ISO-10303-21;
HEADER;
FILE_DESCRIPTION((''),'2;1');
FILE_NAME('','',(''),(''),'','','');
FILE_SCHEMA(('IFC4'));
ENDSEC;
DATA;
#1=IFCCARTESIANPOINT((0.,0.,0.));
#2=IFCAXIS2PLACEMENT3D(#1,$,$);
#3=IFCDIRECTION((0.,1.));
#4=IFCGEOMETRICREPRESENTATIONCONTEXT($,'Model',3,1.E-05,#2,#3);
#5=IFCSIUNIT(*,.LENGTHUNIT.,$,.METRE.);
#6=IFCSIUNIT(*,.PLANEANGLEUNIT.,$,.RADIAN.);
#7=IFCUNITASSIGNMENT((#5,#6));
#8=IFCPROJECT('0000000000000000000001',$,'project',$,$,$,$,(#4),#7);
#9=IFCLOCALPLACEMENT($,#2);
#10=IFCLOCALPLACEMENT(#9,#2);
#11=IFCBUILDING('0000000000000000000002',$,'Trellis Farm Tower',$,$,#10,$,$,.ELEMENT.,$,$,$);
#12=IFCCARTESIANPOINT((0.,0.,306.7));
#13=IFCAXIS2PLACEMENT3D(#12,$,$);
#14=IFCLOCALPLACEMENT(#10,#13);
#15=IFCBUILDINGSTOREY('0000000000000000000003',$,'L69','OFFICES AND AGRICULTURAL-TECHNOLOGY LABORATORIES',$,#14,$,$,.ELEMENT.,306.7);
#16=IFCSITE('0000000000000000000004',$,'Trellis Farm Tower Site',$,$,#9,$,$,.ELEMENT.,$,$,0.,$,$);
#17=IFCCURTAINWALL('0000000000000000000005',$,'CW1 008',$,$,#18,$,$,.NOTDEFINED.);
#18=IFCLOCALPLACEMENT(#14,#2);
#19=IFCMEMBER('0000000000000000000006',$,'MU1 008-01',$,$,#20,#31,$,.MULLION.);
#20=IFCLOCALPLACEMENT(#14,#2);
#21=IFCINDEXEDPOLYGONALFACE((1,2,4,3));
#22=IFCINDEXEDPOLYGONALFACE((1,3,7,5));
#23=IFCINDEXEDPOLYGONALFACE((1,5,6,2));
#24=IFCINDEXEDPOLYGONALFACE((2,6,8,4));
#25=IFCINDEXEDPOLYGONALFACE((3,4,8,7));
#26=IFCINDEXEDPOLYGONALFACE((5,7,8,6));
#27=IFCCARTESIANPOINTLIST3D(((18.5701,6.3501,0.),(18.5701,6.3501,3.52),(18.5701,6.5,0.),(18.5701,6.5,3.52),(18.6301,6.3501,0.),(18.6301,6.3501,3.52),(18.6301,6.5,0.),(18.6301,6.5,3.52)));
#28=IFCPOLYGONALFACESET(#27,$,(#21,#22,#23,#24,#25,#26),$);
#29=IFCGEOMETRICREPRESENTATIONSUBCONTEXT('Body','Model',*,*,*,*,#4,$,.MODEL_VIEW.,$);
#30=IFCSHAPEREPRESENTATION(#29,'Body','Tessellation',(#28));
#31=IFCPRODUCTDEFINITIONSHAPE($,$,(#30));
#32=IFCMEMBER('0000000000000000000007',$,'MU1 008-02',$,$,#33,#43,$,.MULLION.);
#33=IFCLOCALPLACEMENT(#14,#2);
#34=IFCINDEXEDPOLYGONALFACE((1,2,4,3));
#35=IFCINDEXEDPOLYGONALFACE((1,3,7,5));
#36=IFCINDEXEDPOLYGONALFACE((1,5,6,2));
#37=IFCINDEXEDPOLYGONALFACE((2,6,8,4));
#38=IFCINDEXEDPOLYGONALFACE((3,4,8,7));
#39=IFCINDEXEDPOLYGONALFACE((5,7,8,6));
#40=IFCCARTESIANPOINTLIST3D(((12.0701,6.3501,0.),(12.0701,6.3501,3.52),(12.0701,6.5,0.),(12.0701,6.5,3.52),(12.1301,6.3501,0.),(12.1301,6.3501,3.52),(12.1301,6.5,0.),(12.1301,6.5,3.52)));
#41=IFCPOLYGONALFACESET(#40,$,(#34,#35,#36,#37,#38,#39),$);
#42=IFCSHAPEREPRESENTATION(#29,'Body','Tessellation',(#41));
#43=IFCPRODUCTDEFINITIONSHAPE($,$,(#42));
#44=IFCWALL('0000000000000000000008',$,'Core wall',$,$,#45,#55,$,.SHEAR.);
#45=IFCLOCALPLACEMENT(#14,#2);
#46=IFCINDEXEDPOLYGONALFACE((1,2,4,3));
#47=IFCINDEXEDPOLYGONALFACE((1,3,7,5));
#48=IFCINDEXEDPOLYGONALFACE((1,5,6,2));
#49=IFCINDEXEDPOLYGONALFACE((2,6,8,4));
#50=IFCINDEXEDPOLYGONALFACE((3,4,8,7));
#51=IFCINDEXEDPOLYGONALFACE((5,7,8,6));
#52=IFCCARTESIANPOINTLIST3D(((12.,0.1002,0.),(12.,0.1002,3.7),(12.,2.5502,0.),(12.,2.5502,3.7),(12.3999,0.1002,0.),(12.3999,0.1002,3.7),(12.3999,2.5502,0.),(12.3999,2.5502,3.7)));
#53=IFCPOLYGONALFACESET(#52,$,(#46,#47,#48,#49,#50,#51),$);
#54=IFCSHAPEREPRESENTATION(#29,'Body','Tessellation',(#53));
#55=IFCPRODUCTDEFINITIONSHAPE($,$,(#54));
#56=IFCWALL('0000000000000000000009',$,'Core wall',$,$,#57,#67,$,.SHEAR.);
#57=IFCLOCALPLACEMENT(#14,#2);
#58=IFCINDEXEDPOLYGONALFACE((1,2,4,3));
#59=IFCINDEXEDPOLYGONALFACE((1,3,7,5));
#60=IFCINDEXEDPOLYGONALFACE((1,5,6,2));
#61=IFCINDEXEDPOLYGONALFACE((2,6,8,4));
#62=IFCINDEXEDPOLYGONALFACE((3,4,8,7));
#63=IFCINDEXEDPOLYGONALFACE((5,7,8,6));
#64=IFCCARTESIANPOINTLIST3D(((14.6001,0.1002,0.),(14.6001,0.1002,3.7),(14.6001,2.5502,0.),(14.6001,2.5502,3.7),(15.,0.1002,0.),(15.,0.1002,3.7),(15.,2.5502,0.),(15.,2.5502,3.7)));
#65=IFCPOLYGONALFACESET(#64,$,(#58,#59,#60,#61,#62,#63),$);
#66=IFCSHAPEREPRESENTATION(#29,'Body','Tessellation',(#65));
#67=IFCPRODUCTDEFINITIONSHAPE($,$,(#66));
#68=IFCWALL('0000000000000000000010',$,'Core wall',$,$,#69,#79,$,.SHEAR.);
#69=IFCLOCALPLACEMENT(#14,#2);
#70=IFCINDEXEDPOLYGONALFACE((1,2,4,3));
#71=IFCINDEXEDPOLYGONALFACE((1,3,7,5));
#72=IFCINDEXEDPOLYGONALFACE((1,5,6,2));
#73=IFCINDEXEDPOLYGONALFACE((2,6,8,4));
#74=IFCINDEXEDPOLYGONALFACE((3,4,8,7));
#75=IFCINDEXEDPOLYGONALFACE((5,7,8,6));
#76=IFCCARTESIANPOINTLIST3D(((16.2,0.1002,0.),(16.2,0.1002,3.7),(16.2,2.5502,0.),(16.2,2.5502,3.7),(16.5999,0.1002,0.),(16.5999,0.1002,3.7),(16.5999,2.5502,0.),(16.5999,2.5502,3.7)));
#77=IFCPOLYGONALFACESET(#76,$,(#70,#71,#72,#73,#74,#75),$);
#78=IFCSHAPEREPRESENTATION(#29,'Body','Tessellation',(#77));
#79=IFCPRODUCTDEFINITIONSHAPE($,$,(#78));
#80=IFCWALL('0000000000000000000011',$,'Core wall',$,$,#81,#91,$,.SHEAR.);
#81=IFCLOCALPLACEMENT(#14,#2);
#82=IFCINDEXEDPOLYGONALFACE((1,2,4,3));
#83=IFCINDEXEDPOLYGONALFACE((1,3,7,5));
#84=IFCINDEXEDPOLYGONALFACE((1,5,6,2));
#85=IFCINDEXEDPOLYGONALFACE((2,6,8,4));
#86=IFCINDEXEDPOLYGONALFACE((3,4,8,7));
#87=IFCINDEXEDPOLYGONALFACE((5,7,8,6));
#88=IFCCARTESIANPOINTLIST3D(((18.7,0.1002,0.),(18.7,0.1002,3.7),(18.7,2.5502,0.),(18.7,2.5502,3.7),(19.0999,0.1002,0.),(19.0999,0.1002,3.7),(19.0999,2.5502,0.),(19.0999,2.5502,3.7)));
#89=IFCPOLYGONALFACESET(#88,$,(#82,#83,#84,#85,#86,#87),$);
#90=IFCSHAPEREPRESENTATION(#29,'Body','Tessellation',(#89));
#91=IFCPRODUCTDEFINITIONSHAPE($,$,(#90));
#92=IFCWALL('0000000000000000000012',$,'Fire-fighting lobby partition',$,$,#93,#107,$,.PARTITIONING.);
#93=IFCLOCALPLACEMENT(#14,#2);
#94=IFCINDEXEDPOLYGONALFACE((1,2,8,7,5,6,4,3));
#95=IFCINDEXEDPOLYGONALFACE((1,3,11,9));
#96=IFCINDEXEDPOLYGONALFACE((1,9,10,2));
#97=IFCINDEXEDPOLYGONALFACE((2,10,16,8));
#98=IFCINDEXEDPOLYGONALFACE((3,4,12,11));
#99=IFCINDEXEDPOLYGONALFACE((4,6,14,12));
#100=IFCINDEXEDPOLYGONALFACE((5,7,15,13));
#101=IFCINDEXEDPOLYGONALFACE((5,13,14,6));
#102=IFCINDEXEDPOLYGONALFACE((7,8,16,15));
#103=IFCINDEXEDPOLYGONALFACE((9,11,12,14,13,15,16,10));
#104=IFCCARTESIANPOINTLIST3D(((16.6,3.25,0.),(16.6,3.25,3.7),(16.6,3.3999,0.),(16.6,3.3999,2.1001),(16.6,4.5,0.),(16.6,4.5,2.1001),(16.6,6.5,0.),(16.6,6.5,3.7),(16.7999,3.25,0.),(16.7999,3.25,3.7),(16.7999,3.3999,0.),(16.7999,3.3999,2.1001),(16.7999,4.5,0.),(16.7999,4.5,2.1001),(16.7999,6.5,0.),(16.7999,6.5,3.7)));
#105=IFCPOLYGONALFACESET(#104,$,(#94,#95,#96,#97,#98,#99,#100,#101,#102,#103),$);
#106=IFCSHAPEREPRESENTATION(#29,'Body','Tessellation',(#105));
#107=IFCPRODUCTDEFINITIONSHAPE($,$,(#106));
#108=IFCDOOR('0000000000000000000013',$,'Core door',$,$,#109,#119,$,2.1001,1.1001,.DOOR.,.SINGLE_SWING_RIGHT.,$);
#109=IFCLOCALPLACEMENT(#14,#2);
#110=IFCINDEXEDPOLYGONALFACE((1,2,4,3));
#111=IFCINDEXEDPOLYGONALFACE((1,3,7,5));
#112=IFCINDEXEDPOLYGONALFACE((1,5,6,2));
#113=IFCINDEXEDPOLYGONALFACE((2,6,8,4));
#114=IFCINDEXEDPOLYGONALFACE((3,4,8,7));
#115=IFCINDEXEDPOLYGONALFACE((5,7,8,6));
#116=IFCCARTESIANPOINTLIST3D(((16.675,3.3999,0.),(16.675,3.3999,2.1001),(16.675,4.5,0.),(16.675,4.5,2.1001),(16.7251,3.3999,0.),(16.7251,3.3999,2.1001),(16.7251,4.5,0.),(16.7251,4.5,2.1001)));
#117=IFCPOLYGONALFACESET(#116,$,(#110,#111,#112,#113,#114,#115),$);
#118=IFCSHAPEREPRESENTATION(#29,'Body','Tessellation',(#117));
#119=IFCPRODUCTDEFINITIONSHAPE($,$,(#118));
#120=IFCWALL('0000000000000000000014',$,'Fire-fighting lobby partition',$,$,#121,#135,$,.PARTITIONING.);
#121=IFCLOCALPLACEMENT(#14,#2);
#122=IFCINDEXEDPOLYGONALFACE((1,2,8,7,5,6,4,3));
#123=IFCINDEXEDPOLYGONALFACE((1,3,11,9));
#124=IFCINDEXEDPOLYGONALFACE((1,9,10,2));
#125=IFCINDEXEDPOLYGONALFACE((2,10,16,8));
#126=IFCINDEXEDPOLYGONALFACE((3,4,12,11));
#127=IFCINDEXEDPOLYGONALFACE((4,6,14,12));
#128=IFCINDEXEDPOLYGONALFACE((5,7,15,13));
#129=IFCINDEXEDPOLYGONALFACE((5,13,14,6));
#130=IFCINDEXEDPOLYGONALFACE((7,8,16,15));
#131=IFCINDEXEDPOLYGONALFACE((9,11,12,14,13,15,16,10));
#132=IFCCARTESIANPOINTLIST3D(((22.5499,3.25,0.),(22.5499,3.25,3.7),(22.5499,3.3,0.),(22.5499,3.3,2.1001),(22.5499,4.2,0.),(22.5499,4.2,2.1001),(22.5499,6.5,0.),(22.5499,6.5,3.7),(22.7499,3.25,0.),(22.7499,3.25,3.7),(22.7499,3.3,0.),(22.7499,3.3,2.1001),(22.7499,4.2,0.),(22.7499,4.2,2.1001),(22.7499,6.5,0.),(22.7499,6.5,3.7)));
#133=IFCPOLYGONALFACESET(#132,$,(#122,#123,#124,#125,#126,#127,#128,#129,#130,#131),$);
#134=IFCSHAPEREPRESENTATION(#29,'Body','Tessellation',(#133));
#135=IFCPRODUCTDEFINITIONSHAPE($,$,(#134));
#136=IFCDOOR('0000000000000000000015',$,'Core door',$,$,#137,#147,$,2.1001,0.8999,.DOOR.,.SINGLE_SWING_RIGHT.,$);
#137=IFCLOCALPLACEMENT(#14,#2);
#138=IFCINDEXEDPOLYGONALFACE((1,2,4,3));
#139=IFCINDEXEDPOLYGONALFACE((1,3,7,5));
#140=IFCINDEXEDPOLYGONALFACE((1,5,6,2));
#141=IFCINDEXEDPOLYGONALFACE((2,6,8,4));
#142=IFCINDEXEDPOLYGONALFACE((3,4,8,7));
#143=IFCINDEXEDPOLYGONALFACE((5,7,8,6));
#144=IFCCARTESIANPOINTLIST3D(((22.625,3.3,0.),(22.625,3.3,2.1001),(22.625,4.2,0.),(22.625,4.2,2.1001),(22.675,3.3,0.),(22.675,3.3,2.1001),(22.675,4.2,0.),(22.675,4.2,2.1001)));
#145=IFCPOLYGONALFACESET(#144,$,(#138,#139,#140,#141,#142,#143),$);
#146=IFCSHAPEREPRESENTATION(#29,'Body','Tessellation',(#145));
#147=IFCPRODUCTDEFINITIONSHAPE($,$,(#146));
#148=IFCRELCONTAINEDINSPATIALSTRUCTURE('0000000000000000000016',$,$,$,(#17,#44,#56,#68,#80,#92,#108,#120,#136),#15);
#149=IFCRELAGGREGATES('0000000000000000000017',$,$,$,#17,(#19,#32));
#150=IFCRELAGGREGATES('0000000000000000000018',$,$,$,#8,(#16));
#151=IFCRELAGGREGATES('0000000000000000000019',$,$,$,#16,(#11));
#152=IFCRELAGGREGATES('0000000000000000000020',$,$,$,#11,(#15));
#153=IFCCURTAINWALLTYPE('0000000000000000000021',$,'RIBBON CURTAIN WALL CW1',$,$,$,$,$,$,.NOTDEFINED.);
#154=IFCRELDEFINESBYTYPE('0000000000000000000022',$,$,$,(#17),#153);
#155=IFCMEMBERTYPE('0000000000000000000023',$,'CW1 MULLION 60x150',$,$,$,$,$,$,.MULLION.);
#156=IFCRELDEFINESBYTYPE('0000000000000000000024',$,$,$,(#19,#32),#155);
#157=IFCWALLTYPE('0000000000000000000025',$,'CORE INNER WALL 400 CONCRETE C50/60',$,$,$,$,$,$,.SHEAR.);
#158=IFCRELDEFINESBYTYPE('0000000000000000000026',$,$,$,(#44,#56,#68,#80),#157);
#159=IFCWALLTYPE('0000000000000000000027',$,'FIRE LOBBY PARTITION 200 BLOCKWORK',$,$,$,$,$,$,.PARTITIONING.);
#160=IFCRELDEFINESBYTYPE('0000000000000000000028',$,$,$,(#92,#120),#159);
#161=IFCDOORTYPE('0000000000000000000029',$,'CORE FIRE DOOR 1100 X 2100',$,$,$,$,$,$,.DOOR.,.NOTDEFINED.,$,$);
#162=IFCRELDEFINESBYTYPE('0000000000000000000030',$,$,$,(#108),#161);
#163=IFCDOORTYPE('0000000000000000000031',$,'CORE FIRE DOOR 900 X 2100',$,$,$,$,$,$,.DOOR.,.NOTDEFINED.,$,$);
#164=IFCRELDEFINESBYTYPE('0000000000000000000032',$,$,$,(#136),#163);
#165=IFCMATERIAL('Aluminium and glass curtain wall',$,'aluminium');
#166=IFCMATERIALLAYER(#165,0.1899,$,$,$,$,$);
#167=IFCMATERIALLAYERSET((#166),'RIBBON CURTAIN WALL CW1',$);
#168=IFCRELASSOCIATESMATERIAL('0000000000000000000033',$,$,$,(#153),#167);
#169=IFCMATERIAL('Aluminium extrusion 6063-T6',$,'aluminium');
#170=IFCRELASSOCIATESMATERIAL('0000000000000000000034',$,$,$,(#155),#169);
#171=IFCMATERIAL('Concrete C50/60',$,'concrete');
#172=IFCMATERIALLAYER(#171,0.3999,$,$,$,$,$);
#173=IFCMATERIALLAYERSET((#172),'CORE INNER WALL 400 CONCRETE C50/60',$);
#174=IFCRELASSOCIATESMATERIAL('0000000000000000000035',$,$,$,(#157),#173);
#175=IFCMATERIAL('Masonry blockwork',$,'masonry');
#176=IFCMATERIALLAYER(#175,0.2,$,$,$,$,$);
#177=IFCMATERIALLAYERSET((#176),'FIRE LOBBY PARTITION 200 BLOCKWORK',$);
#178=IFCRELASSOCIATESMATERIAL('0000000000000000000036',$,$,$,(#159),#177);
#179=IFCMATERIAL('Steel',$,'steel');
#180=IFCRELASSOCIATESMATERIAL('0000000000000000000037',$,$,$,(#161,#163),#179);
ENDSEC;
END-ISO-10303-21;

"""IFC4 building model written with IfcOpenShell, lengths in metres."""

from ifc_helpers import new_model, si_unit, direction, frame, frame_2d, origin, origin_2d, place, context, subcontext, project, spatial, rectangle, extrude, source, transform, mapped, material, layer, layer_set, material_profile, profile_set, type_object, element, fill, aggregate, save


model = new_model("IFC4")

# Units and contexts
model_context = context("Model", 3, precision=1e-05, world=origin(), true_north=direction((0.0, 1.0)))
body_context = subcontext(model_context, "Body", "Model", "MODEL_VIEW")
ifc_project = project(units=[si_unit("LENGTHUNIT", "METRE"), si_unit("PLANEANGLEUNIT", "RADIAN")], contexts=[model_context])

# Site, building, storey
site_placement = place(None, origin())
site = spatial("IfcSite", under=ifc_project, at=site_placement, Name="Trellis Farm Tower Site", CompositionType="ELEMENT", RefElevation=0.0)
building_placement = place(site_placement, origin())
building = spatial("IfcBuilding", under=site, at=building_placement, Name="Trellis Farm Tower", CompositionType="ELEMENT")
storey_placement = place(building_placement, frame((0.0, 0.0, 306.7)))
storey = spatial("IfcBuildingStorey", under=building, at=storey_placement, Name="L69", Description="OFFICES AND AGRICULTURAL-TECHNOLOGY LABORATORIES", CompositionType="ELEMENT", Elevation=306.7)

# Curtain wall, members
ifc_material_1 = material(Name="Aluminium and glass curtain wall", Category="aluminium")
ifc_layer_1 = layer(ifc_material_1, 0.1899)
ifc_layer_set_1 = layer_set([ifc_layer_1], Name="RIBBON CURTAIN WALL CW1")
curtain_wall_type = type_object("IfcCurtainWallType", Name="RIBBON CURTAIN WALL CW1", PredefinedType="NOTDEFINED", material=ifc_layer_set_1)
placement = place(storey_placement, origin())
ifc_material_2 = material(Name="Aluminium extrusion 6063-T6", Category="aluminium")
ifc_material_profile_1 = material_profile(ifc_material_2, rectangle(XDim=0.0601, YDim=0.1499, at=origin_2d()), Name="MULLION 60x150")
ifc_profile_set_1 = profile_set([ifc_material_profile_1], Name="Aluminium extrusion 6063-T6")
member_type = type_object("IfcMemberType", Name="CW1 MULLION 60x150", PredefinedType="MULLION", material=ifc_profile_set_1)
shared_shape_1 = source(origin(), body_context, "Body", "SweptSolid", [
    extrude(rectangle(XDim=0.0601, YDim=0.1499, at=origin_2d()), origin(), (0.0, 0.0, 1.0), 3.52),
])
curtain_wall_1 = element("IfcCurtainWall", 1, at=placement, inside=storey, type_object=curtain_wall_type, Name="CW1 008", PredefinedType="NOTDEFINED")
member_1_placement = place(storey_placement, frame((18.6001, 6.425, 0.0), z_axis=(0.0, 0.0, 1.0), x_axis=(-1.0, 0.0, 0.0)))
member_1 = element("IfcMember", 2, at=member_1_placement, type_object=member_type, Name="MU1 008-01", PredefinedType="MULLION", context=body_context, shape_type="MappedRepresentation", body=[
    mapped(shared_shape_1, transform((0.0, 0.0, 0.0))),
])
member_2_placement = place(storey_placement, frame((12.1001, 6.425, 0.0), z_axis=(0.0, 0.0, 1.0), x_axis=(-1.0, 0.0, 0.0)))
member_2 = element("IfcMember", 3, at=member_2_placement, type_object=member_type, Name="MU1 008-02", PredefinedType="MULLION", context=body_context, shape_type="MappedRepresentation", body=[
    mapped(shared_shape_1, transform((0.0, 0.0, 0.0))),
])
aggregate(curtain_wall_1, [member_1, member_2])

# Walls
ifc_material_3 = material(Name="Concrete C50/60", Category="concrete")
ifc_layer_2 = layer(ifc_material_3, 0.3999)
ifc_layer_set_2 = layer_set([ifc_layer_2], Name="CORE INNER WALL 400 CONCRETE C50/60")
wall_type_1 = type_object("IfcWallType", Name="CORE INNER WALL 400 CONCRETE C50/60", PredefinedType="SHEAR", material=ifc_layer_set_2)
shared_shape_2 = source(origin(), body_context, "Body", "SweptSolid", [
    extrude(rectangle(XDim=2.45, YDim=0.3999, at=frame_2d((1.2251, 0.0))), origin(), (0.0, 0.0, 1.0), 3.7),
])
for number, where, z_axis, x_axis, name in (
    (4, (12.2, 0.1001, 0.0), (0.0, 0.0, 1.0), (0.0, 1.0, 0.0), "Core wall"),
    (5, (14.8, 0.1001, 0.0), (0.0, 0.0, 1.0), (0.0, 1.0, 0.0), "Core wall"),
    (6, (16.3999, 0.1001, 0.0), (0.0, 0.0, 1.0), (0.0, 1.0, 0.0), "Core wall"),
    (7, (18.8999, 0.1001, 0.0), (0.0, 0.0, 1.0), (0.0, 1.0, 0.0), "Core wall"),
):
    element("IfcWall", number, at=place(storey_placement, frame(where, z_axis=z_axis, x_axis=x_axis)), inside=storey, type_object=wall_type_1, Name=name, PredefinedType="SHEAR", context=body_context, shape_type="MappedRepresentation", body=[
        mapped(shared_shape_2, transform((0.0, 0.0, 0.0))),
    ])

# Walls, openings, doors
ifc_material_4 = material(Name="Masonry blockwork", Category="masonry")
ifc_layer_3 = layer(ifc_material_4, 0.2)
ifc_layer_set_3 = layer_set([ifc_layer_3], Name="FIRE LOBBY PARTITION 200 BLOCKWORK")
wall_type_2 = type_object("IfcWallType", Name="FIRE LOBBY PARTITION 200 BLOCKWORK", PredefinedType="PARTITIONING", material=ifc_layer_set_3)
shared_shape_3 = source(origin(), body_context, "Body", "SweptSolid", [
    extrude(rectangle(XDim=3.25, YDim=0.2, at=frame_2d((1.625, 0.0))), origin(), (0.0, 0.0, 1.0), 3.7),
])
wall_1_placement = place(storey_placement, frame((16.7, 3.25, 0.0), z_axis=(0.0, 0.0, 1.0), x_axis=(0.0, 1.0, 0.0)))
wall_1 = element("IfcWall", 8, at=wall_1_placement, inside=storey, type_object=wall_type_2, Name="Fire-fighting lobby partition", PredefinedType="PARTITIONING", context=body_context, shape_type="MappedRepresentation", body=[
    mapped(shared_shape_3, transform((0.0, 0.0, 0.0))),
])
shared_shape_4 = source(origin(), body_context, "Body", "SweptSolid", [
    extrude(rectangle(XDim=1.1001, YDim=2.1001, at=frame_2d((0.55, 1.05))), frame((0.0, 0.1101, 0.0), z_axis=(0.0, -1.0, 0.0), x_axis=(1.0, 0.0, 0.0)), (0.0, 0.0, 1.0), 0.2202),
])
opening_1_placement = place(wall_1_placement, frame((0.1499, 0.0, 0.0)))
opening_1 = element("IfcOpeningElement", 9, at=opening_1_placement, cuts=wall_1, PredefinedType="OPENING", context=body_context, shape_type="MappedRepresentation", body=[
    mapped(shared_shape_4, transform((0.0, 0.0, 0.0))),
])
ifc_material_5 = material(Name="Steel", Category="steel")
door_type_1 = type_object("IfcDoorType", Name="CORE FIRE DOOR 1100 X 2100", OperationType="NOTDEFINED", PredefinedType="DOOR", material=ifc_material_5)
shared_shape_5 = source(origin(), body_context, "Body", "SweptSolid", [
    extrude(rectangle(XDim=1.1001, YDim=2.1001, at=frame_2d((0.55, 1.05))), frame((0.0, 0.0249, 0.0), z_axis=(0.0, -1.0, 0.0), x_axis=(1.0, 0.0, 0.0)), (0.0, 0.0, 1.0), 0.05),
])
door_1_placement = place(opening_1_placement, origin())
door_1 = element("IfcDoor", 10, at=door_1_placement, inside=storey, type_object=door_type_1, Name="Core door", OperationType="SINGLE_SWING_RIGHT", OverallHeight=2.1001, OverallWidth=1.1001, PredefinedType="DOOR", context=body_context, shape_type="MappedRepresentation", body=[
    mapped(shared_shape_5, transform((0.0, 0.0, 0.0))),
])
fill(opening_1, door_1)
wall_2_placement = place(storey_placement, frame((22.6499, 3.25, 0.0), z_axis=(0.0, 0.0, 1.0), x_axis=(0.0, 1.0, 0.0)))
wall_2 = element("IfcWall", 11, at=wall_2_placement, inside=storey, type_object=wall_type_2, Name="Fire-fighting lobby partition", PredefinedType="PARTITIONING", context=body_context, shape_type="MappedRepresentation", body=[
    mapped(shared_shape_3, transform((0.0, 0.0, 0.0))),
])
shared_shape_6 = source(origin(), body_context, "Body", "SweptSolid", [
    extrude(rectangle(XDim=0.8999, YDim=2.1001, at=frame_2d((0.45, 1.05))), frame((0.0, 0.1101, 0.0), z_axis=(0.0, -1.0, 0.0), x_axis=(1.0, 0.0, 0.0)), (0.0, 0.0, 1.0), 0.2202),
])
opening_2_placement = place(wall_2_placement, frame((0.05, 0.0, 0.0)))
opening_2 = element("IfcOpeningElement", 12, at=opening_2_placement, cuts=wall_2, PredefinedType="OPENING", context=body_context, shape_type="MappedRepresentation", body=[
    mapped(shared_shape_6, transform((0.0, 0.0, 0.0))),
])
door_type_2 = type_object("IfcDoorType", Name="CORE FIRE DOOR 900 X 2100", OperationType="NOTDEFINED", PredefinedType="DOOR", material=ifc_material_5)
shared_shape_7 = source(origin(), body_context, "Body", "SweptSolid", [
    extrude(rectangle(XDim=0.8999, YDim=2.1001, at=frame_2d((0.45, 1.05))), frame((0.0, 0.0249, 0.0), z_axis=(0.0, -1.0, 0.0), x_axis=(1.0, 0.0, 0.0)), (0.0, 0.0, 1.0), 0.05),
])
door_2_placement = place(opening_2_placement, origin())
door_2 = element("IfcDoor", 13, at=door_2_placement, inside=storey, type_object=door_type_2, Name="Core door", OperationType="SINGLE_SWING_RIGHT", OverallHeight=2.1001, OverallWidth=0.8999, PredefinedType="DOOR", context=body_context, shape_type="MappedRepresentation", body=[
    mapped(shared_shape_7, transform((0.0, 0.0, 0.0))),
])
fill(opening_2, door_2)

save(model, "model.ifc")
